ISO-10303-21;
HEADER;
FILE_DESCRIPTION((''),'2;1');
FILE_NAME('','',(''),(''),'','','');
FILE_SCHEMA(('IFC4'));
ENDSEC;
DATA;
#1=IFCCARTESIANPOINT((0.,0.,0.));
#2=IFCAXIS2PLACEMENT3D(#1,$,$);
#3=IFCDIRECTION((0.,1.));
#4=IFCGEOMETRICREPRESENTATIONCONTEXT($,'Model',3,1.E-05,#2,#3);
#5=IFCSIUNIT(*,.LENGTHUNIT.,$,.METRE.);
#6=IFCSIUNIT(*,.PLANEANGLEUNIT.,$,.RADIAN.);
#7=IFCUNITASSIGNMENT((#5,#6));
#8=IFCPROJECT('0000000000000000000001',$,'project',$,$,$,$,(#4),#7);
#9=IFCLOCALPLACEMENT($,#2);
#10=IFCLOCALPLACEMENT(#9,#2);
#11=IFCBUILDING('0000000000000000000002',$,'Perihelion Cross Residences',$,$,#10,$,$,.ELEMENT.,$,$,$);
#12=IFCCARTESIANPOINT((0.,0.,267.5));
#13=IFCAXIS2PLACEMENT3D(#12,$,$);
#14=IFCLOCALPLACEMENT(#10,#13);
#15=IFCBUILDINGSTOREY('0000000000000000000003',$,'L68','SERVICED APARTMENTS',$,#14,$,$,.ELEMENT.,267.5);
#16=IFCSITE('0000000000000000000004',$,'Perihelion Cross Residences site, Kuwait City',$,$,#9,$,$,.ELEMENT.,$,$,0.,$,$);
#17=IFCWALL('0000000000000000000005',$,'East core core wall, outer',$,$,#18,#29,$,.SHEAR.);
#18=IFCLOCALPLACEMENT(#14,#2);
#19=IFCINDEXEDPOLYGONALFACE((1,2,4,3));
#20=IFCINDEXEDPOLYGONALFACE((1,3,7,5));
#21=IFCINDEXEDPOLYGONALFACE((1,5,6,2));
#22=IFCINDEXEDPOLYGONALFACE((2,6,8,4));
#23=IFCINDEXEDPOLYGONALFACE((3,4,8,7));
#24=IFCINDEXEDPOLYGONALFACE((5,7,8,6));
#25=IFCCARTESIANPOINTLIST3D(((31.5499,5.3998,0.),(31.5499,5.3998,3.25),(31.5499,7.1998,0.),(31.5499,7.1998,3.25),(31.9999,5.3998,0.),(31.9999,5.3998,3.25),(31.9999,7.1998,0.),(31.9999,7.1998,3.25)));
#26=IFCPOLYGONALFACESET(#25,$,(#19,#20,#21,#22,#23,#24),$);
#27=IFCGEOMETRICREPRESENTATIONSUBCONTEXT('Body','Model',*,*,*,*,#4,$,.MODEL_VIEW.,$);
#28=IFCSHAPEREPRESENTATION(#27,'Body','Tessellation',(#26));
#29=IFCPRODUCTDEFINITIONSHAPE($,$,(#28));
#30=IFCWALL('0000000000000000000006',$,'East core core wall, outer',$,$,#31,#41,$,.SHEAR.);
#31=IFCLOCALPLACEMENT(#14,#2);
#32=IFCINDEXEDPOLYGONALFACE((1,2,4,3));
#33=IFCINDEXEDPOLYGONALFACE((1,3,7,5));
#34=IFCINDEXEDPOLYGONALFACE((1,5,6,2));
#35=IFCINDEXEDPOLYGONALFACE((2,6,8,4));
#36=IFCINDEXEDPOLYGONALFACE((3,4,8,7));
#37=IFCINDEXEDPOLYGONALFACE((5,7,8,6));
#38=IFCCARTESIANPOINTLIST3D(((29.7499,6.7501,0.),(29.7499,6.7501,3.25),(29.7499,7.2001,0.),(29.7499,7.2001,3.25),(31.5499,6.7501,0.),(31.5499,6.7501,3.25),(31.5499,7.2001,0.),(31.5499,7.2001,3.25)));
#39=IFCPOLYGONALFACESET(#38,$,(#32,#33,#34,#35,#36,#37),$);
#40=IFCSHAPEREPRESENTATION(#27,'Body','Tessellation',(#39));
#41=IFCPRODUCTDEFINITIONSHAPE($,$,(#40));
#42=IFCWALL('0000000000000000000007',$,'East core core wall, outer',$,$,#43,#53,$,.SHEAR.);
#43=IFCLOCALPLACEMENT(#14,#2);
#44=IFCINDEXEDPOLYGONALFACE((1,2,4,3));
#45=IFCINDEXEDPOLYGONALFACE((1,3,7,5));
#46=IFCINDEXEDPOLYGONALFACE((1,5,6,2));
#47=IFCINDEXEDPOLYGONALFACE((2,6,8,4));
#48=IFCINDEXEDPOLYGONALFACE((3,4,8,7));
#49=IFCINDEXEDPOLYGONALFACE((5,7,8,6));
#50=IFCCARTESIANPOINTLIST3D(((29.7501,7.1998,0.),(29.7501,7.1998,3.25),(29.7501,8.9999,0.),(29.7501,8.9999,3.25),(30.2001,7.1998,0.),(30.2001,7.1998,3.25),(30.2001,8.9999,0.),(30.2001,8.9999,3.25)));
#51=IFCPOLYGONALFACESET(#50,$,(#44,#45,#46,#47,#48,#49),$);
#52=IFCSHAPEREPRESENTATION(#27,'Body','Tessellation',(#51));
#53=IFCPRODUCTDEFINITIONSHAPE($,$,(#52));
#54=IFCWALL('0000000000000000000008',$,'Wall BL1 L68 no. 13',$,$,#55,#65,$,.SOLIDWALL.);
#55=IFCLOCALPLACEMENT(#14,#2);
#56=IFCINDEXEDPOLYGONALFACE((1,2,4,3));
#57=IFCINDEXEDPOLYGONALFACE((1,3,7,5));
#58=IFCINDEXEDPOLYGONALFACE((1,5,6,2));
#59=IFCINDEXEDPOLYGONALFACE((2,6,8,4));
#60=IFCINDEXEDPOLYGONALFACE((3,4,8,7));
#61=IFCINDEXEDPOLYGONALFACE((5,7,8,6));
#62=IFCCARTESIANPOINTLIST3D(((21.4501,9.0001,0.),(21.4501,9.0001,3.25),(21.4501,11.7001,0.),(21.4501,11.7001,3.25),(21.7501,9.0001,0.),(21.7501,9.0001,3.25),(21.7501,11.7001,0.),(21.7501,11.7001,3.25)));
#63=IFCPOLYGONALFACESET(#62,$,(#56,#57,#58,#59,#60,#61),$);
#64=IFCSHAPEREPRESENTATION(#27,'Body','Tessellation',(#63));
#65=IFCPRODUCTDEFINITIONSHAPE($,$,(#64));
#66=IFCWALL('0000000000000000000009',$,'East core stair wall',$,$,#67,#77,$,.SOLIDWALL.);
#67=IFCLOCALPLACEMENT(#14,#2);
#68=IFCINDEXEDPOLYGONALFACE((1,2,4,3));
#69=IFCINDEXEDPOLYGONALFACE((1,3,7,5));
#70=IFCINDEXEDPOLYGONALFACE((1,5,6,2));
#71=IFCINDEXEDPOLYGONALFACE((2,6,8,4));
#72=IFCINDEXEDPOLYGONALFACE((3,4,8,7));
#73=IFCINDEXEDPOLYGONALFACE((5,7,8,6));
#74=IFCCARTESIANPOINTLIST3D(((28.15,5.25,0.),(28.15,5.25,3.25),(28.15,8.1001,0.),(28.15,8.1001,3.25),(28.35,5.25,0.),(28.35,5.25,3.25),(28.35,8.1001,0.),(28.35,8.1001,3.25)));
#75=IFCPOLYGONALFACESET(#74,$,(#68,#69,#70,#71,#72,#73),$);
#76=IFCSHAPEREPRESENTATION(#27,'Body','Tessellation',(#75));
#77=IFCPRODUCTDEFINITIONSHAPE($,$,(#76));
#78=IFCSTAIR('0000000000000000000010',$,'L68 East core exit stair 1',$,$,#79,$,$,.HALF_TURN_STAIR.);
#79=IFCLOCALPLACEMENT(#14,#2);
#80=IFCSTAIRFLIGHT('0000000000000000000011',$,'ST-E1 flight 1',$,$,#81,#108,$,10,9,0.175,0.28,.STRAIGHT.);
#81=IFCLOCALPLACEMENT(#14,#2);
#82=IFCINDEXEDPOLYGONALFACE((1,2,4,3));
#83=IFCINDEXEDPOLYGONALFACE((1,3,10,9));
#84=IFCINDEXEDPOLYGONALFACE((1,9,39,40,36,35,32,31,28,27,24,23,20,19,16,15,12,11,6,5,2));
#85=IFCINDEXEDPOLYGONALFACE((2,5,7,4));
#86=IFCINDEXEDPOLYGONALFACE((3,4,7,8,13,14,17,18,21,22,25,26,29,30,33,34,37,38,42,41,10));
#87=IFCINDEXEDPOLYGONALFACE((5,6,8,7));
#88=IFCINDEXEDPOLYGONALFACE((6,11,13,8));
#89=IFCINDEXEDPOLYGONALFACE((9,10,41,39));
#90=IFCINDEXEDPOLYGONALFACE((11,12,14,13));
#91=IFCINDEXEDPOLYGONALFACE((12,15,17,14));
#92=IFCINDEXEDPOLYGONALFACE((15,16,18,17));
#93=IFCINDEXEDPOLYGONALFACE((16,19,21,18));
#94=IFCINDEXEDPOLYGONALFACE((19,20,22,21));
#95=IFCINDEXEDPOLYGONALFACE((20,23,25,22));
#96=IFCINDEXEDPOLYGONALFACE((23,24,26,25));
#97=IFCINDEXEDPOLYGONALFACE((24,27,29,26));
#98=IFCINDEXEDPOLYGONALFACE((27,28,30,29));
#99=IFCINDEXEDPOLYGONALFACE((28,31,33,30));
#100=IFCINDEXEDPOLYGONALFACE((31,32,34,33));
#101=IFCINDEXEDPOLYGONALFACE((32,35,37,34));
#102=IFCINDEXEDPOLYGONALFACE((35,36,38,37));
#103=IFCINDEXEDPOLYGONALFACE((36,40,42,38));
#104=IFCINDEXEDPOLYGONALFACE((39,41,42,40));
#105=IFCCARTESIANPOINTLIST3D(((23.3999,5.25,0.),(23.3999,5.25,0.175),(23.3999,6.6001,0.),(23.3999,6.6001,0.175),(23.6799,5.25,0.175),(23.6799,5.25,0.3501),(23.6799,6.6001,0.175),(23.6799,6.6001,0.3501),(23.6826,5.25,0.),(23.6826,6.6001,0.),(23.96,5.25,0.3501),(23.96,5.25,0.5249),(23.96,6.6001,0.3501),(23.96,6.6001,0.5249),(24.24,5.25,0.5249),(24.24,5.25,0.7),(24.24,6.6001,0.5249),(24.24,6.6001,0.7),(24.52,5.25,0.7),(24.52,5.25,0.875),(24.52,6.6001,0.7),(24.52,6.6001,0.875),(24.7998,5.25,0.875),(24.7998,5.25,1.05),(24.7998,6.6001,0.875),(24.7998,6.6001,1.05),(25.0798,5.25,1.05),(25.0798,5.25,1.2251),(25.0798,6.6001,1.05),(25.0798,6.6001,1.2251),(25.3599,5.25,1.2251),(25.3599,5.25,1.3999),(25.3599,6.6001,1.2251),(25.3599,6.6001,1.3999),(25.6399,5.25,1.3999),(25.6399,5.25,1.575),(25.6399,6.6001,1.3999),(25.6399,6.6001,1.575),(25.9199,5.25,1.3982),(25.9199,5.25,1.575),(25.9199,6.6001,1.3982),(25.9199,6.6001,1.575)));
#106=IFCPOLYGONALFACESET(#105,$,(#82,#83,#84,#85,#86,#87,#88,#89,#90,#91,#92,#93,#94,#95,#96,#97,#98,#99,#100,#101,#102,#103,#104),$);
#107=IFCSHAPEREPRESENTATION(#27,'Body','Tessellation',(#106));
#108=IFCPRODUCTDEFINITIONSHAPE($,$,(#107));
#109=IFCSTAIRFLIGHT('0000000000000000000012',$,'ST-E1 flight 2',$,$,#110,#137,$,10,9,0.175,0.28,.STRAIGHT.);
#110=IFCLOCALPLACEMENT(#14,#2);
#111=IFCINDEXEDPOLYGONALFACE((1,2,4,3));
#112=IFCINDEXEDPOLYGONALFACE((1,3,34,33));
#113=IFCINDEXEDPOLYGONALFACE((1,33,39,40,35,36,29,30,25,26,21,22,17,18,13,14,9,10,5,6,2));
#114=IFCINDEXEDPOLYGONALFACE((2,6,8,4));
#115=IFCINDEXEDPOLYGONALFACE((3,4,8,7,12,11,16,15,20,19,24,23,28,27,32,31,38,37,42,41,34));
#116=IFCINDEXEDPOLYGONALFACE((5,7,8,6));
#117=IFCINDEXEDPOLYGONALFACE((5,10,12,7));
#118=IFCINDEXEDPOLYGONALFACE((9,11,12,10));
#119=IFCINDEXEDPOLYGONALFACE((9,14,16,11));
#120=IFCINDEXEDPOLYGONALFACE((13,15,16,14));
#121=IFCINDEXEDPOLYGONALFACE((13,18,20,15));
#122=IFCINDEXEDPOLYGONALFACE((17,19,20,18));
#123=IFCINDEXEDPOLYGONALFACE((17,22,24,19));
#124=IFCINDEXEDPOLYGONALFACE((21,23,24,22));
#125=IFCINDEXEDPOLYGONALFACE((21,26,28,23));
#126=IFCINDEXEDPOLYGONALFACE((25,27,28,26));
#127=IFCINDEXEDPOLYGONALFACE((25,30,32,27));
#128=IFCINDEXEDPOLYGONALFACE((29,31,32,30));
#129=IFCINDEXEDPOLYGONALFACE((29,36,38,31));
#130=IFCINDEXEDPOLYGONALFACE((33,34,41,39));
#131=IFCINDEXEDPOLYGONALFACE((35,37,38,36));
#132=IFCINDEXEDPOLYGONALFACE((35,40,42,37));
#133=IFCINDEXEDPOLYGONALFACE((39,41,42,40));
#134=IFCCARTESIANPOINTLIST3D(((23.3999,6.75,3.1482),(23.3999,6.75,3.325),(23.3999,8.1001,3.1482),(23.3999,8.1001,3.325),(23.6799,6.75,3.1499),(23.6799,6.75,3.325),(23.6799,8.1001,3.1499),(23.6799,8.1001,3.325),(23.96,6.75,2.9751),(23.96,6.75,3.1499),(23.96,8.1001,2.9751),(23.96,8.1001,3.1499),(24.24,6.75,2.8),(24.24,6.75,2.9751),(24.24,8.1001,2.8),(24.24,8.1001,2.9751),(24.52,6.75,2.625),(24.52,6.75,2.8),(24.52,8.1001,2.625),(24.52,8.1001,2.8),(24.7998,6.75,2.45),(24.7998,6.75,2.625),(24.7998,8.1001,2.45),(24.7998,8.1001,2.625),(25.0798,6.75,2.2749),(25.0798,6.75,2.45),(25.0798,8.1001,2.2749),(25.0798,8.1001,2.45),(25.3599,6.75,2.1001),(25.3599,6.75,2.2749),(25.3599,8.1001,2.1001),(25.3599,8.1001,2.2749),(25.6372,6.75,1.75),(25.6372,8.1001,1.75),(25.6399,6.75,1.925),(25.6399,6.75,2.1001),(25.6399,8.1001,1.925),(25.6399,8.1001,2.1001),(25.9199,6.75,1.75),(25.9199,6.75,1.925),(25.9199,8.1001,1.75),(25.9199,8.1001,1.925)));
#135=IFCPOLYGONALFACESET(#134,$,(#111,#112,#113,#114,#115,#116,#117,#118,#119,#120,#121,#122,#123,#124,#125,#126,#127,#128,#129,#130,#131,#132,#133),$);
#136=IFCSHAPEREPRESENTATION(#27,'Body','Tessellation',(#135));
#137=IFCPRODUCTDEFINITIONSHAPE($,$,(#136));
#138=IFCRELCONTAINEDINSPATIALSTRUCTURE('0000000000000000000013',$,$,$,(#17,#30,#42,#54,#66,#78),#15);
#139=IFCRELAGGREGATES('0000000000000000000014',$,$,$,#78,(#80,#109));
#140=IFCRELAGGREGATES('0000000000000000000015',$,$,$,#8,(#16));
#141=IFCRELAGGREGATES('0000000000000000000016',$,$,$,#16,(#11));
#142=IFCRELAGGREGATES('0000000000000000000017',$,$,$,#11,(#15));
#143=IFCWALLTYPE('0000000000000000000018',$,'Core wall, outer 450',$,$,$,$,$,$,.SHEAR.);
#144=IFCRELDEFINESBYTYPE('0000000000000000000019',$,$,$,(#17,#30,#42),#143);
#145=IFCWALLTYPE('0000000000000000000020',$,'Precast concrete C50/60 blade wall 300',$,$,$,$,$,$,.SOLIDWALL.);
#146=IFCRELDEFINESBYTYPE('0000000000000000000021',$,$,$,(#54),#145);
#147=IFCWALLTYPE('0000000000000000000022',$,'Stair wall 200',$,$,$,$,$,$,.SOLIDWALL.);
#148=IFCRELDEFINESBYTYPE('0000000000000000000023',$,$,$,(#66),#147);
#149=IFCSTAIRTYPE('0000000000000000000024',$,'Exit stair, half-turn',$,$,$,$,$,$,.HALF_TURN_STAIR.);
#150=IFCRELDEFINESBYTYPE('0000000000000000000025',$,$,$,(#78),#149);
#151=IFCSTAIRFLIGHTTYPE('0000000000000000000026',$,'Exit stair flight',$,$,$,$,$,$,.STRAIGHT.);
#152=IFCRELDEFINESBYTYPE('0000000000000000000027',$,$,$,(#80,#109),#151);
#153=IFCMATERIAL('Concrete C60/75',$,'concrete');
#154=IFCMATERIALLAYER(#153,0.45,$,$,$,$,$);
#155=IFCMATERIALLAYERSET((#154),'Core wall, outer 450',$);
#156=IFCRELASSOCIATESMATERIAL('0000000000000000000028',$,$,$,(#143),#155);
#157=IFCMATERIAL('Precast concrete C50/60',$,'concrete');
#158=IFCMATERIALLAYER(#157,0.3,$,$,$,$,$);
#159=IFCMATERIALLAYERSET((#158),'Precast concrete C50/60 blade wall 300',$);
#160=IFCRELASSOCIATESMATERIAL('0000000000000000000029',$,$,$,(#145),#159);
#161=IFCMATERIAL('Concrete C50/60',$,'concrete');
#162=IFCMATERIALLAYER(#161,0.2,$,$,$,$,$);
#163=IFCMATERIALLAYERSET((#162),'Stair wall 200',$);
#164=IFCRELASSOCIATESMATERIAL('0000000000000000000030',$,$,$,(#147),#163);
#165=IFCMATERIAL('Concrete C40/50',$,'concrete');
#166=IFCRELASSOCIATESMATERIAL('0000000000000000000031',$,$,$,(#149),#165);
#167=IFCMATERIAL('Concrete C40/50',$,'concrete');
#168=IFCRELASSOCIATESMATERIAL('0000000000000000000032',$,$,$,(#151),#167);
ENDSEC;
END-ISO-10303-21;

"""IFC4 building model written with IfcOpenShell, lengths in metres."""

from ifc_helpers import new_model, si_unit, direction, frame, frame_2d, origin, place, context, subcontext, project, spatial, polyline, rectangle, outline, extrude, material, layer, layer_set, type_object, element, aggregate, save


model = new_model("IFC4")

# Units and contexts
model_context = context("Model", 3, precision=1e-05, world=origin(), true_north=direction((0.0, 1.0)))
body_context = subcontext(model_context, "Body", "Model", "MODEL_VIEW")
ifc_project = project(units=[si_unit("LENGTHUNIT", "METRE"), si_unit("PLANEANGLEUNIT", "RADIAN")], contexts=[model_context])

# Site, building, storey
site_placement = place(None, origin())
site = spatial("IfcSite", under=ifc_project, at=site_placement, Name="Perihelion Cross Residences site, Kuwait City", CompositionType="ELEMENT", RefElevation=0.0)
building_placement = place(site_placement, origin())
building = spatial("IfcBuilding", under=site, at=building_placement, Name="Perihelion Cross Residences", CompositionType="ELEMENT")
storey_placement = place(building_placement, frame((0.0, 0.0, 267.5)))
storey = spatial("IfcBuildingStorey", under=building, at=storey_placement, Name="L68", Description="SERVICED APARTMENTS", CompositionType="ELEMENT", Elevation=267.5)

# Walls
ifc_material_1 = material(Name="Concrete C60/75", Category="concrete")
ifc_layer_1 = layer(ifc_material_1, 0.45)
ifc_layer_set_1 = layer_set([ifc_layer_1], Name="Core wall, outer 450")
wall_type_1 = type_object("IfcWallType", Name="Core wall, outer 450", PredefinedType="SHEAR", material=ifc_layer_set_1)
for number, where, z_axis, x_axis, name in (
    (1, (31.7749, 5.3999, 0.0), (0.0, 0.0, 1.0), (0.0, 1.0, 0.0), "East core core wall, outer"),
    (2, (29.75, 6.9751, 0.0), (0.0, 0.0, 1.0), (1.0, 0.0, 0.0), "East core core wall, outer"),
    (3, (29.9751, 7.2, 0.0), (0.0, 0.0, 1.0), (0.0, 1.0, 0.0), "East core core wall, outer"),
):
    element("IfcWall", number, at=place(storey_placement, frame(where, z_axis=z_axis, x_axis=x_axis)), inside=storey, type_object=wall_type_1, Name=name, PredefinedType="SHEAR", context=body_context, shape_type="SweptSolid", body=[
        extrude(rectangle(XDim=1.8, YDim=0.45, at=frame_2d((0.8999, 0.0))), origin(), (0.0, 0.0, 1.0), 3.25),
    ])
ifc_material_2 = material(Name="Precast concrete C50/60", Category="concrete")
ifc_layer_2 = layer(ifc_material_2, 0.3)
ifc_layer_set_2 = layer_set([ifc_layer_2], Name="Precast concrete C50/60 blade wall 300")
wall_type_2 = type_object("IfcWallType", Name="Precast concrete C50/60 blade wall 300", PredefinedType="SOLIDWALL", material=ifc_layer_set_2)
wall_1_placement = place(storey_placement, frame((21.6001, 9.0, 0.0), z_axis=(0.0, 0.0, 1.0), x_axis=(0.0, 1.0, 0.0)))
element("IfcWall", 4, at=wall_1_placement, inside=storey, type_object=wall_type_2, Name="Wall BL1 L68 no. 13", PredefinedType="SOLIDWALL", context=body_context, shape_type="SweptSolid", body=[
    extrude(rectangle(XDim=2.7, YDim=0.3, at=frame_2d((1.3501, 0.0))), origin(), (0.0, 0.0, 1.0), 3.25),
])
ifc_material_3 = material(Name="Concrete C50/60", Category="concrete")
ifc_layer_3 = layer(ifc_material_3, 0.2)
ifc_layer_set_3 = layer_set([ifc_layer_3], Name="Stair wall 200")
wall_type_3 = type_object("IfcWallType", Name="Stair wall 200", PredefinedType="SOLIDWALL", material=ifc_layer_set_3)
wall_2_placement = place(storey_placement, frame((28.25, 5.25, 0.0), z_axis=(0.0, 0.0, 1.0), x_axis=(0.0, 1.0, 0.0)))
element("IfcWall", 5, at=wall_2_placement, inside=storey, type_object=wall_type_3, Name="East core stair wall", PredefinedType="SOLIDWALL", context=body_context, shape_type="SweptSolid", body=[
    extrude(rectangle(XDim=2.8501, YDim=0.2, at=frame_2d((1.425, 0.0))), origin(), (0.0, 0.0, 1.0), 3.25),
])

# Stair, stair flights
ifc_material_4 = material(Name="Concrete C40/50", Category="concrete")
stair_type = type_object("IfcStairType", Name="Exit stair, half-turn", PredefinedType="HALF_TURN_STAIR", material=ifc_material_4)
stair_placement = place(storey_placement, origin())
stair = element("IfcStair", 6, at=stair_placement, inside=storey, type_object=stair_type, Name="L68 East core exit stair 1", PredefinedType="HALF_TURN_STAIR")
ifc_material_5 = material(Name="Concrete C40/50", Category="concrete")
stair_flight_type = type_object("IfcStairFlightType", Name="Exit stair flight", PredefinedType="STRAIGHT", material=ifc_material_5)
stair_flight_1_placement = place(storey_placement, frame((23.3999, 5.925, 0.0), z_axis=(0.0, 0.0, 1.0), x_axis=(1.0, 0.0, 0.0)))
stair_flight_1 = element("IfcStairFlight", 7, at=stair_flight_1_placement, type_object=stair_flight_type, Name="ST-E1 flight 1", NumberOfRisers=10, NumberOfTreads=9, PredefinedType="STRAIGHT", RiserHeight=0.175, TreadLength=0.28, context=body_context, shape_type="SweptSolid", body=[
    extrude(outline(polyline([(0.0, 0.0), (0.0, 0.175), (0.28, 0.175), (0.28, 0.3501), (0.5601, 0.3501), (0.5601, 0.5249), (0.8401, 0.5249), (0.8401, 0.7), (1.1201, 0.7), (1.1201, 0.875), (1.3999, 0.875), (1.3999, 1.05), (1.6799, 1.05), (1.6799, 1.2251), (1.96, 1.2251), (1.96, 1.3999), (2.24, 1.3999), (2.24, 1.575), (2.52, 1.575), (2.52, 1.75), (2.52, 1.3982), (0.2827, 0.0), (0.0, 0.0)])), frame((0.0, 0.675, 0.0), z_axis=(0.0, -1.0, 0.0), x_axis=(1.0, 0.0, 0.0)), (0.0, 0.0, 1.0), 1.3501),
])
stair_flight_2_placement = place(storey_placement, frame((25.9199, 7.425, 1.75), z_axis=(0.0, 0.0, 1.0), x_axis=(-1.0, 0.0, 0.0)))
stair_flight_2 = element("IfcStairFlight", 8, at=stair_flight_2_placement, type_object=stair_flight_type, Name="ST-E1 flight 2", NumberOfRisers=10, NumberOfTreads=9, PredefinedType="STRAIGHT", RiserHeight=0.175, TreadLength=0.28, context=body_context, shape_type="SweptSolid", body=[
    extrude(outline(polyline([(0.0, 0.0), (0.0, 0.175), (0.28, 0.175), (0.28, 0.3501), (0.5601, 0.3501), (0.5601, 0.5249), (0.8401, 0.5249), (0.8401, 0.7), (1.1201, 0.7), (1.1201, 0.875), (1.3999, 0.875), (1.3999, 1.05), (1.6799, 1.05), (1.6799, 1.2251), (1.96, 1.2251), (1.96, 1.3999), (2.24, 1.3999), (2.24, 1.575), (2.52, 1.575), (2.52, 1.75), (2.52, 1.3982), (0.2827, 0.0), (0.0, 0.0)])), frame((0.0, 0.675, 0.0), z_axis=(0.0, -1.0, 0.0), x_axis=(1.0, 0.0, 0.0)), (0.0, 0.0, 1.0), 1.3501),
])
aggregate(stair, [stair_flight_1, stair_flight_2])

save(model, "model.ifc")
